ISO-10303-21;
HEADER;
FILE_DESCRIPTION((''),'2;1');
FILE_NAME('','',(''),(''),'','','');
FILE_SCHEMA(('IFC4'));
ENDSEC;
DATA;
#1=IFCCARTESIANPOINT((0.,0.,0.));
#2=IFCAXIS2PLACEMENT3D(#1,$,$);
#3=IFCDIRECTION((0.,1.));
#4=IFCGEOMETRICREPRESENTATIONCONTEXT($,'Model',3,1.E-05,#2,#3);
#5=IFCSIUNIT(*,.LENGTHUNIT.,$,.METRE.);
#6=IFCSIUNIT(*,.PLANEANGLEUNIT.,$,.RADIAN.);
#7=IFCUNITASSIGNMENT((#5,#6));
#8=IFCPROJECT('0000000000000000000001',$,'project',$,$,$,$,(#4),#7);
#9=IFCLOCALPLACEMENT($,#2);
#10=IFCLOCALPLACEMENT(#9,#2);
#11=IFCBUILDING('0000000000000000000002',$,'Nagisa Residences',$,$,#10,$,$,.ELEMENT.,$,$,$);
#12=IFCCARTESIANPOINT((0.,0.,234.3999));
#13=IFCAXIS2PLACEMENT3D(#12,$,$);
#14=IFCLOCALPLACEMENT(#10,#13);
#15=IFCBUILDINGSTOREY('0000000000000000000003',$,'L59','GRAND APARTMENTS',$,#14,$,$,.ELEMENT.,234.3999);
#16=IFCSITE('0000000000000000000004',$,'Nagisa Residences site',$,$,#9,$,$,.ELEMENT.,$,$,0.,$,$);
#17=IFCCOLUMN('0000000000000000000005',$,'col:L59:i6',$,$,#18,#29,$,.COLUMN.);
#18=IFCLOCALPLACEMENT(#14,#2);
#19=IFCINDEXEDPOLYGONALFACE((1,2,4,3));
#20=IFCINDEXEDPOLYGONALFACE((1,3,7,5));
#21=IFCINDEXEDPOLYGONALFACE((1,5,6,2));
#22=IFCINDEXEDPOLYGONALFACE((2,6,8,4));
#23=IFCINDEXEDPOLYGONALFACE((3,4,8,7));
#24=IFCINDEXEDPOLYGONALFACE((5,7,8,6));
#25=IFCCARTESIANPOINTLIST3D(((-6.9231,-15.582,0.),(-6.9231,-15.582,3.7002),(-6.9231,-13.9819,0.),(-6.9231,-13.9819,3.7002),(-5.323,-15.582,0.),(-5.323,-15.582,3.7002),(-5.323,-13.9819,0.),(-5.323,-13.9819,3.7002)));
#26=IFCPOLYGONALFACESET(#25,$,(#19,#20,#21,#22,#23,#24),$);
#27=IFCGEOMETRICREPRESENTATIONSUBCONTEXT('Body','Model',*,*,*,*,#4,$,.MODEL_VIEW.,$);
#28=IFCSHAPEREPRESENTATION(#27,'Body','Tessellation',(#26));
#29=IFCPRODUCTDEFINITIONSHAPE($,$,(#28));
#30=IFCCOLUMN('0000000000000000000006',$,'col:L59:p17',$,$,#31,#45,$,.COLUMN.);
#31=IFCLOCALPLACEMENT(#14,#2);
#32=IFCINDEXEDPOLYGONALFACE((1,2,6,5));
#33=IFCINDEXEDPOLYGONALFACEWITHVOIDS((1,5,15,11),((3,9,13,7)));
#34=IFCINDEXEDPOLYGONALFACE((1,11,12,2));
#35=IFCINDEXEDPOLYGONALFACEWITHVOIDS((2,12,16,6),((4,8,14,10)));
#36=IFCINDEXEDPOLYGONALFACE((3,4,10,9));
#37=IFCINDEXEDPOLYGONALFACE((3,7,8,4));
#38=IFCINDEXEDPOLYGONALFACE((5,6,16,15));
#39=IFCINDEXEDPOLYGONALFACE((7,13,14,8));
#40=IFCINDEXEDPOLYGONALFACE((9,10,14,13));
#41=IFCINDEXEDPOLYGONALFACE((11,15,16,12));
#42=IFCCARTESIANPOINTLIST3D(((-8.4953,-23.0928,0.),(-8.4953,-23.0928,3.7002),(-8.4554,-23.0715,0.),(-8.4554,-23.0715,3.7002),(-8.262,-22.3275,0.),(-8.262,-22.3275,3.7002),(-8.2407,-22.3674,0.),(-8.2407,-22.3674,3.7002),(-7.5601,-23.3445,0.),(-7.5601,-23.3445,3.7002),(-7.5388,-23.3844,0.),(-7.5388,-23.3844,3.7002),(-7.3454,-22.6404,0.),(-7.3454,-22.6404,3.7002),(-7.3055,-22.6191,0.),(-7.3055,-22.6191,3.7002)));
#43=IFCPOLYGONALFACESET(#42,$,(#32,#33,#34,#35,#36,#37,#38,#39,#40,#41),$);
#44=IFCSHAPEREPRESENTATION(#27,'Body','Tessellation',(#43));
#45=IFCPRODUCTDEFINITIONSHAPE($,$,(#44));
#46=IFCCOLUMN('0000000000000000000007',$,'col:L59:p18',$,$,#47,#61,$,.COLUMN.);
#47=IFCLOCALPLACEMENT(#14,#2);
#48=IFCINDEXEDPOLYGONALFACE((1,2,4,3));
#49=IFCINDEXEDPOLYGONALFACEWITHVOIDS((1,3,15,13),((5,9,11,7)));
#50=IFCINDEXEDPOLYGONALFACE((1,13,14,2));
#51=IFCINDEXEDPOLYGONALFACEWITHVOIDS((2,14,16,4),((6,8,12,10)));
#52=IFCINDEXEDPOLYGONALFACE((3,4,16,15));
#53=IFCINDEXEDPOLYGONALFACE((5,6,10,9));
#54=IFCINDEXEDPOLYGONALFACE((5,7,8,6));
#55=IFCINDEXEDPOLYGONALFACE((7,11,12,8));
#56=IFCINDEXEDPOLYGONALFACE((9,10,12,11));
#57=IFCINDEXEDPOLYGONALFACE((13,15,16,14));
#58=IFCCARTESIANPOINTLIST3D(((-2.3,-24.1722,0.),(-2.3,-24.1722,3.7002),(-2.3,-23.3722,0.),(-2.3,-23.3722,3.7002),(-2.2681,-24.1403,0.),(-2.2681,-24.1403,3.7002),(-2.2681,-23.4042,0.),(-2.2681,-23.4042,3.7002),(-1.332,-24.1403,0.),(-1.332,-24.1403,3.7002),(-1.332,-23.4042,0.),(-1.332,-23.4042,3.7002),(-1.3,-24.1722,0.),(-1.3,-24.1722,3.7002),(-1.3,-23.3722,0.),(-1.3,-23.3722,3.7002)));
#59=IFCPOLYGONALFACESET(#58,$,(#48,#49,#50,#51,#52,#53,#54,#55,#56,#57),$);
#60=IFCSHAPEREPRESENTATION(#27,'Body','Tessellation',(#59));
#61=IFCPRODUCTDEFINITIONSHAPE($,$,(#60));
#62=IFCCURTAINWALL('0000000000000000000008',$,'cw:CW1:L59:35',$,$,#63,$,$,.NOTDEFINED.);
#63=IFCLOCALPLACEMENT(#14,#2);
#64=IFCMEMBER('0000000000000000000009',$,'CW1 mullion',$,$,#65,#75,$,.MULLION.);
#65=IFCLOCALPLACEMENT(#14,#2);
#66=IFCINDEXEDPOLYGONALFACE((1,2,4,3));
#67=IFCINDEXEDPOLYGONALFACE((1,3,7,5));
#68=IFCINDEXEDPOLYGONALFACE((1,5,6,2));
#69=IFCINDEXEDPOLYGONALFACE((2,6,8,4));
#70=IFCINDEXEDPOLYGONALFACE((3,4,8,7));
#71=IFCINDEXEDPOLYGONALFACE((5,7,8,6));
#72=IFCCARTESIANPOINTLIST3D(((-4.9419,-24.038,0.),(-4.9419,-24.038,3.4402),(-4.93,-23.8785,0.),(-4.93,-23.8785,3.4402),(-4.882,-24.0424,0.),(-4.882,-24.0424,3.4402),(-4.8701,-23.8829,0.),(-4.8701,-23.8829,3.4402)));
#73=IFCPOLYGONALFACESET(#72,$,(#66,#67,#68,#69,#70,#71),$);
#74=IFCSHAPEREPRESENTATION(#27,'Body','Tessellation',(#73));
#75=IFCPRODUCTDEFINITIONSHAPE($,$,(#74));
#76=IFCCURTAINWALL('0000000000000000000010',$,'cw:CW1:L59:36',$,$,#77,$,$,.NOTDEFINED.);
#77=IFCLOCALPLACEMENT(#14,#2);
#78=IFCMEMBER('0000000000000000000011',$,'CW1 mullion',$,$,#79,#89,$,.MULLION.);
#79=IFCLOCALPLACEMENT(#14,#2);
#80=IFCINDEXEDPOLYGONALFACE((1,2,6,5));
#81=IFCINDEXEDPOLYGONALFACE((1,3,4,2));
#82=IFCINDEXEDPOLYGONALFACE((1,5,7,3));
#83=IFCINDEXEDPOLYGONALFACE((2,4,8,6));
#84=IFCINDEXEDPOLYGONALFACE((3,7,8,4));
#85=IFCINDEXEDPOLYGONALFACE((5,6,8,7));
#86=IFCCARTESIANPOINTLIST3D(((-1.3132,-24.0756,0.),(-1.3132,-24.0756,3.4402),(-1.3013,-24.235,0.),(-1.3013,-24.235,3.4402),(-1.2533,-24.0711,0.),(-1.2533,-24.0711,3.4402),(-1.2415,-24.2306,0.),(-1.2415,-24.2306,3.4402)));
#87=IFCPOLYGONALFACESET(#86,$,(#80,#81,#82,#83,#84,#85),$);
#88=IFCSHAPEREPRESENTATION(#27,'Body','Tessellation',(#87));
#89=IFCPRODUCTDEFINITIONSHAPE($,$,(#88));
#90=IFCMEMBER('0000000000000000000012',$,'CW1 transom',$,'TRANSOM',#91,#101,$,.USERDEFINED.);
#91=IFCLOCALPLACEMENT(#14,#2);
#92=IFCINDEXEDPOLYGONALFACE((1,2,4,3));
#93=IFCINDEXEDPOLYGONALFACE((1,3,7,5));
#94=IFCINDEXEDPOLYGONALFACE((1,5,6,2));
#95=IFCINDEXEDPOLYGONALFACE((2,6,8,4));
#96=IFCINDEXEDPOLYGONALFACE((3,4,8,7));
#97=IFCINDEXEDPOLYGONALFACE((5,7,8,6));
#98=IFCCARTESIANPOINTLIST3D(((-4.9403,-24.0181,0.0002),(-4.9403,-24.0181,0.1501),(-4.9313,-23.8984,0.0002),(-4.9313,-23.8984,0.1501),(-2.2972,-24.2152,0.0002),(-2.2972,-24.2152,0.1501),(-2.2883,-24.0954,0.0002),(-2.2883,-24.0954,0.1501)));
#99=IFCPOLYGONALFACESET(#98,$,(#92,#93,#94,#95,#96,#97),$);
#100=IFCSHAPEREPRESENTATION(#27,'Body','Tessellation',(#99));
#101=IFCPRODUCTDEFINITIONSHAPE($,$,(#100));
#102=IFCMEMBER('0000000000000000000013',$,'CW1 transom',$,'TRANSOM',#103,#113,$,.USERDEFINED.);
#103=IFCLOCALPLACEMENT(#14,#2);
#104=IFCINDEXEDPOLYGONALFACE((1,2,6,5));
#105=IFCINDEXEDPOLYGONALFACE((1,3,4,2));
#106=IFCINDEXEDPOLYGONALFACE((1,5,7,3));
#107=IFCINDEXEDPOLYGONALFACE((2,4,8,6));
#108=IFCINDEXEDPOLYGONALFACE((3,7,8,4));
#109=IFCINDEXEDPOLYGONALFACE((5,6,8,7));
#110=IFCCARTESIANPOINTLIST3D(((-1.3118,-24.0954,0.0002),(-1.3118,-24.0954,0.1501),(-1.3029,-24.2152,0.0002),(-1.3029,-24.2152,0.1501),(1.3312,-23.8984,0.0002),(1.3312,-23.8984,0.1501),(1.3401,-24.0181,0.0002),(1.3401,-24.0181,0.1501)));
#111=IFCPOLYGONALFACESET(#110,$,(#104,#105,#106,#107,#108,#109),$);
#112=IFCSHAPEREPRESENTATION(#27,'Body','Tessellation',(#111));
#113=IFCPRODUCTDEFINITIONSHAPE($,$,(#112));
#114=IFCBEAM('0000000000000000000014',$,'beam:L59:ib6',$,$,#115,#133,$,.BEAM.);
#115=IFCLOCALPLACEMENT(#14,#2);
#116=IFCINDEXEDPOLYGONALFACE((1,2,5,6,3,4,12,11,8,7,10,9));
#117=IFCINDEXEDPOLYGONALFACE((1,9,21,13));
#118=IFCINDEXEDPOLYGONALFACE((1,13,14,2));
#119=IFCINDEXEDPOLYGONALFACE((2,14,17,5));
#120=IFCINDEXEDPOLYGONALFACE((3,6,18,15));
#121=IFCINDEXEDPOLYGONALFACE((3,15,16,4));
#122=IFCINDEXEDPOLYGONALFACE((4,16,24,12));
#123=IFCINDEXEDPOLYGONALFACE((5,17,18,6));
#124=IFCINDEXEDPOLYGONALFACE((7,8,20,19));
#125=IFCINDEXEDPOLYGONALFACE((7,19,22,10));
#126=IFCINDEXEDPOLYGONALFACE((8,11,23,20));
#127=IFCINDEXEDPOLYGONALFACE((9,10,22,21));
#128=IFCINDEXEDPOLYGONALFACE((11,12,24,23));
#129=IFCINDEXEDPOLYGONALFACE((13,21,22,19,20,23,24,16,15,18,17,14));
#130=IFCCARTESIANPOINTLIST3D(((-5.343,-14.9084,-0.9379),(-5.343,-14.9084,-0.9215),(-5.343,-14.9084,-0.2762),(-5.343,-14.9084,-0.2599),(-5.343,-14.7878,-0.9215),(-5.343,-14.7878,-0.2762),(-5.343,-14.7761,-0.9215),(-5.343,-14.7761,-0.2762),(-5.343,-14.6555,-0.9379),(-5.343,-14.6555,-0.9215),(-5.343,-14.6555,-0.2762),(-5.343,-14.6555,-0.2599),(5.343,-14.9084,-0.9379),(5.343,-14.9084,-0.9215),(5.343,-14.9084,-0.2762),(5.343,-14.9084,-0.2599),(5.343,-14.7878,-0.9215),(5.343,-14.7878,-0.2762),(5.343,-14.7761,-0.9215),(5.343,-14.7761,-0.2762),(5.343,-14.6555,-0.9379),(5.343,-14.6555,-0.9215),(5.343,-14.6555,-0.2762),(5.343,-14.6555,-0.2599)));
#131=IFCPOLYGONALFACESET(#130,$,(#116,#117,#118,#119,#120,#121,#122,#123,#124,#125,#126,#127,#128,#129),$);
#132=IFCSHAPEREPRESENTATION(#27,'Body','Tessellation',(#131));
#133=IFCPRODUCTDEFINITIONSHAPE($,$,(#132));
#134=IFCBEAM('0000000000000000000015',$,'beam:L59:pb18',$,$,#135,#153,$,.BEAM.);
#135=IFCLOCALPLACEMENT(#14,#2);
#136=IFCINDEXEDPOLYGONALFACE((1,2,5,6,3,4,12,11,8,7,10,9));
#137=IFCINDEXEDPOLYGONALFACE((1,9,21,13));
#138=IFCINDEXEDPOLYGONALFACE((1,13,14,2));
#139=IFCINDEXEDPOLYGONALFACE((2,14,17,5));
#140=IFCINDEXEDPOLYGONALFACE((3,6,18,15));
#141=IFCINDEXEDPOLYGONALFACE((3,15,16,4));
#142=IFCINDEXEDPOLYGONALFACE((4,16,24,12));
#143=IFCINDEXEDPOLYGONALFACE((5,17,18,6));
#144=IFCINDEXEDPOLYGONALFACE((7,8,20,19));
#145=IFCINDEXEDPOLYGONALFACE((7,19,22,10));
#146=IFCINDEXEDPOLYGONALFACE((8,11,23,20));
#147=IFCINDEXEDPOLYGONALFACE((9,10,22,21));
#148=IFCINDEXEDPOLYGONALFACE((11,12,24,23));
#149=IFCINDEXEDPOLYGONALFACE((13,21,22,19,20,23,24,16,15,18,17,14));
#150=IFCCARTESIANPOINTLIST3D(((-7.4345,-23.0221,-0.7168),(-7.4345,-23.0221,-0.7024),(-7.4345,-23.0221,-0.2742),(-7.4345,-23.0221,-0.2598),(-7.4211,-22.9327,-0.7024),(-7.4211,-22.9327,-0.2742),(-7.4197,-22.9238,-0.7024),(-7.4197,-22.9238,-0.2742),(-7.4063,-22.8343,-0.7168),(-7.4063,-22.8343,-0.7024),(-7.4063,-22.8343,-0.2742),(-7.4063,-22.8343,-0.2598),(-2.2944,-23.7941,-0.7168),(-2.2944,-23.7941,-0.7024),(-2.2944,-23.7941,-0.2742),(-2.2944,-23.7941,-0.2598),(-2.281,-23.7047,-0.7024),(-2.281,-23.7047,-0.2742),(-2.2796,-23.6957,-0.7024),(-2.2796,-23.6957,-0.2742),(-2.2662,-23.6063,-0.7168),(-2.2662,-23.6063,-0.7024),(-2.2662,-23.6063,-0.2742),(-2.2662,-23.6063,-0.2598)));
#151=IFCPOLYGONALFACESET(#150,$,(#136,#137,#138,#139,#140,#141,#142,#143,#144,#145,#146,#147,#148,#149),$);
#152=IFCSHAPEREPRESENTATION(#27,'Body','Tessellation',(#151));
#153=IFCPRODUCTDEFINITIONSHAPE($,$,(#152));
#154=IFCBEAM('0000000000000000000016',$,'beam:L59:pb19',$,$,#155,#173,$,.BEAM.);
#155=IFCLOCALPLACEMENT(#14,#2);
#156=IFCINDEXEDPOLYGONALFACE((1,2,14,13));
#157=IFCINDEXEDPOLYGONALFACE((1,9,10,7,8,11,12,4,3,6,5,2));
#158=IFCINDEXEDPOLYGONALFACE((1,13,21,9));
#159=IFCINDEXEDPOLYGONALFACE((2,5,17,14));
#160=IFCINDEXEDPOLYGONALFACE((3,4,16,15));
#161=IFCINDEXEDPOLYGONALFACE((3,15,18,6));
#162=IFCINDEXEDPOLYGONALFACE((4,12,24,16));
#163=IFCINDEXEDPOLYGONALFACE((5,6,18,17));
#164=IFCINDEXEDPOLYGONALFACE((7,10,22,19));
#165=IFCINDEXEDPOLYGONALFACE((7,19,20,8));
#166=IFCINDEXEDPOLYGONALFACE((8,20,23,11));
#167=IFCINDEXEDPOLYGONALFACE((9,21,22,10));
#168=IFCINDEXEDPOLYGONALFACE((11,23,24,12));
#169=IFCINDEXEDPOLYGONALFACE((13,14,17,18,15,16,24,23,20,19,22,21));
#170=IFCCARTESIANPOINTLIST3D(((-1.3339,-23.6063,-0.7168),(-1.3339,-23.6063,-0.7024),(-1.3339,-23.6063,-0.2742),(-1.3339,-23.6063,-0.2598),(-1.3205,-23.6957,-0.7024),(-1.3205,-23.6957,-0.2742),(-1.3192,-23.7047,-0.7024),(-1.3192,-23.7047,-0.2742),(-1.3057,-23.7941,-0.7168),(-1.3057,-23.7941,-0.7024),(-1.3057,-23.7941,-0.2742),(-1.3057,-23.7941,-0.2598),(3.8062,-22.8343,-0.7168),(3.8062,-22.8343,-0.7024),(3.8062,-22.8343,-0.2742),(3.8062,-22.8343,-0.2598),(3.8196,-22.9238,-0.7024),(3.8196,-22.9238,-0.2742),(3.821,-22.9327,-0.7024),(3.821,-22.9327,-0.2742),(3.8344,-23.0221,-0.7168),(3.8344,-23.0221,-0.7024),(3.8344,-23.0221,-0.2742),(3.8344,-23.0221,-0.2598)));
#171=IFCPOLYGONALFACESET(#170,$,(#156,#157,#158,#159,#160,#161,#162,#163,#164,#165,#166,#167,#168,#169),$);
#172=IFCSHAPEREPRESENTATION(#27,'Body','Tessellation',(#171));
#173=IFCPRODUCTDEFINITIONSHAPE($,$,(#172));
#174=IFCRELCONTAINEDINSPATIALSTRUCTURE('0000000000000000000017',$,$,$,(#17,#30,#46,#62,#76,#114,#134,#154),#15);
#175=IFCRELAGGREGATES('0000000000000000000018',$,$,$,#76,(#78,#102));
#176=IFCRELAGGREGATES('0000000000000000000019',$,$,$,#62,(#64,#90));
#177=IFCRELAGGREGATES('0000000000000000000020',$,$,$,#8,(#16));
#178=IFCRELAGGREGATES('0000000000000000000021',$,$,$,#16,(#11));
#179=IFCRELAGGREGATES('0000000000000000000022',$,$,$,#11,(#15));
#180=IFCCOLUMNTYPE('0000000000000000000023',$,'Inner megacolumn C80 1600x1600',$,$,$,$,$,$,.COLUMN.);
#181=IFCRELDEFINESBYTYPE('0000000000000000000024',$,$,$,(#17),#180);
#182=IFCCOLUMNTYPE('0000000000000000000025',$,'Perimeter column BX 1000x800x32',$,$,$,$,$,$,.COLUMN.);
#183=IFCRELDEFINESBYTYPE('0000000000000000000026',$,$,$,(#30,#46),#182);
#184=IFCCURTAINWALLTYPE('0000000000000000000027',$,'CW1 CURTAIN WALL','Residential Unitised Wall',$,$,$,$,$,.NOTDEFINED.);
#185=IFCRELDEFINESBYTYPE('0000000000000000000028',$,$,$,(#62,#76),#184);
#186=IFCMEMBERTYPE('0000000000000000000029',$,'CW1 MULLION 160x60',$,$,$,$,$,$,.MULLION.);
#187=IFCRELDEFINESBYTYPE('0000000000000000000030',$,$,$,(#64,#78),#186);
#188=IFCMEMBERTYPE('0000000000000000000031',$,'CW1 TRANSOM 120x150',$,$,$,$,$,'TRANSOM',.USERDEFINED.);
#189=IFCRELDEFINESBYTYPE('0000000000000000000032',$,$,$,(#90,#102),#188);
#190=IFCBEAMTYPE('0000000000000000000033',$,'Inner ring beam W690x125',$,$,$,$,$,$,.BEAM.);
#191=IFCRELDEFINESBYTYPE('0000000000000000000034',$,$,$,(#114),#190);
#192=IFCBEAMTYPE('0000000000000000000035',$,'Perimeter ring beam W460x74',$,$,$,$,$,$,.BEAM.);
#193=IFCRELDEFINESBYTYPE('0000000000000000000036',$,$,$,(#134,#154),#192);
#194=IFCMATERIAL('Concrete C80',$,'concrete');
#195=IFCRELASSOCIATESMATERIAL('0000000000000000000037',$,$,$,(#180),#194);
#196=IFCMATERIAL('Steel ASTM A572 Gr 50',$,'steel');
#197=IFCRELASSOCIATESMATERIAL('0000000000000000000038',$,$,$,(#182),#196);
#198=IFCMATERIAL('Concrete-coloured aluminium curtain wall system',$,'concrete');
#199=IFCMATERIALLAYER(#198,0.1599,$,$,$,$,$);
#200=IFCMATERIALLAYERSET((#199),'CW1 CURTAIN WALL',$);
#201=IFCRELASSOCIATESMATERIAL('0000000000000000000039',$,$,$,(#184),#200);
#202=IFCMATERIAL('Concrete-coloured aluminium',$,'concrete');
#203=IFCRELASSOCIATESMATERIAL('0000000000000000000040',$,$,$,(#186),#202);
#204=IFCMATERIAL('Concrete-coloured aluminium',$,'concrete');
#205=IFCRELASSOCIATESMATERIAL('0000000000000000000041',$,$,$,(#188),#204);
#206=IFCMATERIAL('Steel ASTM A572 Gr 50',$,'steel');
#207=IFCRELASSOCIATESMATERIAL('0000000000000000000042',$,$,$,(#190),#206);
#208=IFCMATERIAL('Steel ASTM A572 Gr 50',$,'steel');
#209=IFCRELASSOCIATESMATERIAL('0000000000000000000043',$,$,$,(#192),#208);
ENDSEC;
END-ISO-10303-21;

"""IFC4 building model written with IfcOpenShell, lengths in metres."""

from ifc_helpers import new_model, si_unit, direction, frame, origin, origin_2d, place, context, subcontext, project, spatial, rectangle, hollow_rectangle, i_section, extrude, material, layer, layer_set, material_profile, profile_set, type_object, element, aggregate, save


model = new_model("IFC4")

# Units and contexts
model_context = context("Model", 3, precision=1e-05, world=origin(), true_north=direction((0.0, 1.0)))
body_context = subcontext(model_context, "Body", "Model", "MODEL_VIEW")
ifc_project = project(units=[si_unit("LENGTHUNIT", "METRE"), si_unit("PLANEANGLEUNIT", "RADIAN")], contexts=[model_context])

# Site, building, storey
site_placement = place(None, origin())
site = spatial("IfcSite", under=ifc_project, at=site_placement, Name="Nagisa Residences site", CompositionType="ELEMENT", RefElevation=0.0)
building_placement = place(site_placement, origin())
building = spatial("IfcBuilding", under=site, at=building_placement, Name="Nagisa Residences", CompositionType="ELEMENT")
storey_placement = place(building_placement, frame((0.0, 0.0, 234.3999)))
storey = spatial("IfcBuildingStorey", under=building, at=storey_placement, Name="L59", Description="GRAND APARTMENTS", CompositionType="ELEMENT", Elevation=234.3999)

# Columns
ifc_material_1 = material(Name="Concrete C80", Category="concrete")
ifc_material_profile_1 = material_profile(ifc_material_1, rectangle(XDim=1.6001, YDim=1.6001, at=origin_2d()), Name="C80 1600x1600")
ifc_profile_set_1 = profile_set([ifc_material_profile_1], Name="Concrete C80")
column_type_1 = type_object("IfcColumnType", Name="Inner megacolumn C80 1600x1600", PredefinedType="COLUMN", material=ifc_profile_set_1)
column_placement = place(storey_placement, frame((-6.123, -14.782, 0.0), z_axis=(0.0, 0.0, 1.0), x_axis=(1.0, 0.0, 0.0)))
element("IfcColumn", 1, at=column_placement, inside=storey, type_object=column_type_1, Name="col:L59:i6", PredefinedType="COLUMN", context=body_context, shape_type="SweptSolid", body=[
    extrude(rectangle(XDim=1.6001, YDim=1.6001, at=origin_2d()), origin(), (0.0, 0.0, 1.0), 3.7002),
])
ifc_material_2 = material(Name="Steel ASTM A572 Gr 50", Category="steel")
ifc_material_profile_2 = material_profile(ifc_material_2, hollow_rectangle(XDim=1.0, YDim=0.8, WallThickness=0.032, at=origin_2d()), Name="BX 1000x800x32")
ifc_profile_set_2 = profile_set([ifc_material_profile_2], Name="Steel ASTM A572 Gr 50")
column_type_2 = type_object("IfcColumnType", Name="Perimeter column BX 1000x800x32", PredefinedType="COLUMN", material=ifc_profile_set_2)
for number, where, z_axis, x_axis, name in (
    (2, (-7.9004, -22.856, 0.0), (0.0, 0.0, 1.0), (0.956525, -0.291652, 0.0), "col:L59:p17"),
    (3, (-1.8, -23.7722, 0.0), (0.0, 0.0, 1.0), (1.0, 0.0, 0.0), "col:L59:p18"),
):
    element("IfcColumn", number, at=place(storey_placement, frame(where, z_axis=z_axis, x_axis=x_axis)), inside=storey, type_object=column_type_2, Name=name, PredefinedType="COLUMN", context=body_context, shape_type="SweptSolid", body=[
        extrude(hollow_rectangle(XDim=1.0, YDim=0.8, WallThickness=0.032, at=origin_2d()), origin(), (0.0, 0.0, 1.0), 3.7002),
    ])

# Curtain walls, members
ifc_material_3 = material(Name="Concrete-coloured aluminium curtain wall system", Category="concrete")
ifc_layer_1 = layer(ifc_material_3, 0.1599)
ifc_layer_set_1 = layer_set([ifc_layer_1], Name="CW1 CURTAIN WALL")
curtain_wall_type = type_object("IfcCurtainWallType", Name="CW1 CURTAIN WALL", Description="Residential Unitised Wall", PredefinedType="NOTDEFINED", material=ifc_layer_set_1)
curtain_wall_1_placement = place(storey_placement, origin())
curtain_wall_1 = element("IfcCurtainWall", 4, at=curtain_wall_1_placement, inside=storey, type_object=curtain_wall_type, Name="cw:CW1:L59:35", PredefinedType="NOTDEFINED")
ifc_material_4 = material(Name="Concrete-coloured aluminium", Category="concrete")
ifc_material_profile_3 = material_profile(ifc_material_4, rectangle(XDim=0.1599, YDim=0.0601, at=origin_2d()), Name="CW1 MULLION 160x60")
ifc_profile_set_3 = profile_set([ifc_material_profile_3], Name="Concrete-coloured aluminium")
member_type_1 = type_object("IfcMemberType", Name="CW1 MULLION 160x60", PredefinedType="MULLION", material=ifc_profile_set_3)
member_1_placement = place(storey_placement, frame((-4.906, -23.9604, 0.0), z_axis=(0.0, 0.0, 1.0), x_axis=(0.074377, 0.99723, 0.0)))
member_1 = element("IfcMember", 5, at=member_1_placement, type_object=member_type_1, Name="CW1 mullion", PredefinedType="MULLION", context=body_context, shape_type="SweptSolid", body=[
    extrude(rectangle(XDim=0.1599, YDim=0.0601, at=origin_2d()), origin(), (0.0, 0.0, 1.0), 3.4402),
])
curtain_wall_2_placement = place(storey_placement, origin())
curtain_wall_2 = element("IfcCurtainWall", 6, at=curtain_wall_2_placement, inside=storey, type_object=curtain_wall_type, Name="cw:CW1:L59:36", PredefinedType="NOTDEFINED")
member_2_placement = place(storey_placement, frame((-1.2773, -24.1531, 0.0), z_axis=(0.0, 0.0, 1.0), x_axis=(-0.074377, 0.99723, 0.0)))
member_2 = element("IfcMember", 7, at=member_2_placement, type_object=member_type_1, Name="CW1 mullion", PredefinedType="MULLION", context=body_context, shape_type="SweptSolid", body=[
    extrude(rectangle(XDim=0.1599, YDim=0.0601, at=origin_2d()), origin(), (0.0, 0.0, 1.0), 3.4402),
])

# Members
ifc_material_5 = material(Name="Concrete-coloured aluminium", Category="concrete")
ifc_material_profile_4 = material_profile(ifc_material_5, rectangle(XDim=0.1201, YDim=0.1499, at=origin_2d()), Name="CW1 TRANSOM 120x150")
ifc_profile_set_4 = profile_set([ifc_material_profile_4], Name="Concrete-coloured aluminium")
member_type_2 = type_object("IfcMemberType", Name="CW1 TRANSOM 120x150", ElementType="TRANSOM", PredefinedType="USERDEFINED", material=ifc_profile_set_4)
member_3_placement = place(storey_placement, frame((-4.9358, -23.9583, 0.0752), z_axis=(0.997233, -0.074337, 0.0), x_axis=(0.074337, 0.997233, 0.0)))
member_3 = element("IfcMember", 8, at=member_3_placement, type_object=member_type_2, Name="CW1 transom", ObjectType="TRANSOM", PredefinedType="USERDEFINED", context=body_context, shape_type="SweptSolid", body=[
    extrude(rectangle(XDim=0.1201, YDim=0.1499, at=origin_2d()), origin(), (0.0, 0.0, 1.0), 2.6504),
])
member_4_placement = place(storey_placement, frame((-1.3074, -24.1553, 0.0752), z_axis=(0.997233, 0.074337, 0.0), x_axis=(-0.074337, 0.997233, 0.0)))
member_4 = element("IfcMember", 9, at=member_4_placement, type_object=member_type_2, Name="CW1 transom", ObjectType="TRANSOM", PredefinedType="USERDEFINED", context=body_context, shape_type="SweptSolid", body=[
    extrude(rectangle(XDim=0.1201, YDim=0.1499, at=origin_2d()), origin(), (0.0, 0.0, 1.0), 2.6504),
])
aggregate(curtain_wall_2, [member_2, member_4])

# Beams
ifc_material_6 = material(Name="Steel ASTM A572 Gr 50", Category="steel")
ifc_material_profile_5 = material_profile(ifc_material_6, i_section(OverallWidth=0.2529, OverallDepth=0.678, WebThickness=0.0117, FlangeThickness=0.0164, at=origin_2d()), Name="W690x125")
ifc_profile_set_5 = profile_set([ifc_material_profile_5], Name="Steel ASTM A572 Gr 50")
beam_type_1 = type_object("IfcBeamType", Name="Inner ring beam W690x125", PredefinedType="BEAM", material=ifc_profile_set_5)
beam_1_placement = place(storey_placement, frame((-5.343, -14.782, -0.5989), z_axis=(1.0, 0.0, 0.0), x_axis=(0.0, 1.0, 0.0)))
element("IfcBeam", 10, at=beam_1_placement, inside=storey, type_object=beam_type_1, Name="beam:L59:ib6", PredefinedType="BEAM", context=body_context, shape_type="SweptSolid", body=[
    extrude(i_section(OverallWidth=0.2529, OverallDepth=0.678, WebThickness=0.0117, FlangeThickness=0.0164, at=origin_2d()), origin(), (0.0, 0.0, 1.0), 10.686),
])
ifc_material_7 = material(Name="Steel ASTM A572 Gr 50", Category="steel")
ifc_material_profile_6 = material_profile(ifc_material_7, i_section(OverallWidth=0.1899, OverallDepth=0.457, WebThickness=0.009, FlangeThickness=0.0144, at=origin_2d()), Name="W460x74")
ifc_profile_set_6 = profile_set([ifc_material_profile_6], Name="Steel ASTM A572 Gr 50")
beam_type_2 = type_object("IfcBeamType", Name="Perimeter ring beam W460x74", PredefinedType="BEAM", material=ifc_profile_set_6)
for number, where, z_axis, x_axis, name in (
    (11, (-7.4204, -22.9282, -0.4883), (0.988909, -0.14852, 0.0), (0.14852, 0.988909, 0.0), "beam:L59:pb18"),
    (12, (-1.3198, -23.7002, -0.4883), (0.988909, 0.14852, 0.0), (-0.14852, 0.988909, 0.0), "beam:L59:pb19"),
):
    element("IfcBeam", number, at=place(storey_placement, frame(where, z_axis=z_axis, x_axis=x_axis)), inside=storey, type_object=beam_type_2, Name=name, PredefinedType="BEAM", context=body_context, shape_type="SweptSolid", body=[
        extrude(i_section(OverallWidth=0.1899, OverallDepth=0.457, WebThickness=0.009, FlangeThickness=0.0144, at=origin_2d()), origin(), (0.0, 0.0, 1.0), 5.1978),
    ])

aggregate(curtain_wall_1, [member_1, member_3])

save(model, "model.ifc")
